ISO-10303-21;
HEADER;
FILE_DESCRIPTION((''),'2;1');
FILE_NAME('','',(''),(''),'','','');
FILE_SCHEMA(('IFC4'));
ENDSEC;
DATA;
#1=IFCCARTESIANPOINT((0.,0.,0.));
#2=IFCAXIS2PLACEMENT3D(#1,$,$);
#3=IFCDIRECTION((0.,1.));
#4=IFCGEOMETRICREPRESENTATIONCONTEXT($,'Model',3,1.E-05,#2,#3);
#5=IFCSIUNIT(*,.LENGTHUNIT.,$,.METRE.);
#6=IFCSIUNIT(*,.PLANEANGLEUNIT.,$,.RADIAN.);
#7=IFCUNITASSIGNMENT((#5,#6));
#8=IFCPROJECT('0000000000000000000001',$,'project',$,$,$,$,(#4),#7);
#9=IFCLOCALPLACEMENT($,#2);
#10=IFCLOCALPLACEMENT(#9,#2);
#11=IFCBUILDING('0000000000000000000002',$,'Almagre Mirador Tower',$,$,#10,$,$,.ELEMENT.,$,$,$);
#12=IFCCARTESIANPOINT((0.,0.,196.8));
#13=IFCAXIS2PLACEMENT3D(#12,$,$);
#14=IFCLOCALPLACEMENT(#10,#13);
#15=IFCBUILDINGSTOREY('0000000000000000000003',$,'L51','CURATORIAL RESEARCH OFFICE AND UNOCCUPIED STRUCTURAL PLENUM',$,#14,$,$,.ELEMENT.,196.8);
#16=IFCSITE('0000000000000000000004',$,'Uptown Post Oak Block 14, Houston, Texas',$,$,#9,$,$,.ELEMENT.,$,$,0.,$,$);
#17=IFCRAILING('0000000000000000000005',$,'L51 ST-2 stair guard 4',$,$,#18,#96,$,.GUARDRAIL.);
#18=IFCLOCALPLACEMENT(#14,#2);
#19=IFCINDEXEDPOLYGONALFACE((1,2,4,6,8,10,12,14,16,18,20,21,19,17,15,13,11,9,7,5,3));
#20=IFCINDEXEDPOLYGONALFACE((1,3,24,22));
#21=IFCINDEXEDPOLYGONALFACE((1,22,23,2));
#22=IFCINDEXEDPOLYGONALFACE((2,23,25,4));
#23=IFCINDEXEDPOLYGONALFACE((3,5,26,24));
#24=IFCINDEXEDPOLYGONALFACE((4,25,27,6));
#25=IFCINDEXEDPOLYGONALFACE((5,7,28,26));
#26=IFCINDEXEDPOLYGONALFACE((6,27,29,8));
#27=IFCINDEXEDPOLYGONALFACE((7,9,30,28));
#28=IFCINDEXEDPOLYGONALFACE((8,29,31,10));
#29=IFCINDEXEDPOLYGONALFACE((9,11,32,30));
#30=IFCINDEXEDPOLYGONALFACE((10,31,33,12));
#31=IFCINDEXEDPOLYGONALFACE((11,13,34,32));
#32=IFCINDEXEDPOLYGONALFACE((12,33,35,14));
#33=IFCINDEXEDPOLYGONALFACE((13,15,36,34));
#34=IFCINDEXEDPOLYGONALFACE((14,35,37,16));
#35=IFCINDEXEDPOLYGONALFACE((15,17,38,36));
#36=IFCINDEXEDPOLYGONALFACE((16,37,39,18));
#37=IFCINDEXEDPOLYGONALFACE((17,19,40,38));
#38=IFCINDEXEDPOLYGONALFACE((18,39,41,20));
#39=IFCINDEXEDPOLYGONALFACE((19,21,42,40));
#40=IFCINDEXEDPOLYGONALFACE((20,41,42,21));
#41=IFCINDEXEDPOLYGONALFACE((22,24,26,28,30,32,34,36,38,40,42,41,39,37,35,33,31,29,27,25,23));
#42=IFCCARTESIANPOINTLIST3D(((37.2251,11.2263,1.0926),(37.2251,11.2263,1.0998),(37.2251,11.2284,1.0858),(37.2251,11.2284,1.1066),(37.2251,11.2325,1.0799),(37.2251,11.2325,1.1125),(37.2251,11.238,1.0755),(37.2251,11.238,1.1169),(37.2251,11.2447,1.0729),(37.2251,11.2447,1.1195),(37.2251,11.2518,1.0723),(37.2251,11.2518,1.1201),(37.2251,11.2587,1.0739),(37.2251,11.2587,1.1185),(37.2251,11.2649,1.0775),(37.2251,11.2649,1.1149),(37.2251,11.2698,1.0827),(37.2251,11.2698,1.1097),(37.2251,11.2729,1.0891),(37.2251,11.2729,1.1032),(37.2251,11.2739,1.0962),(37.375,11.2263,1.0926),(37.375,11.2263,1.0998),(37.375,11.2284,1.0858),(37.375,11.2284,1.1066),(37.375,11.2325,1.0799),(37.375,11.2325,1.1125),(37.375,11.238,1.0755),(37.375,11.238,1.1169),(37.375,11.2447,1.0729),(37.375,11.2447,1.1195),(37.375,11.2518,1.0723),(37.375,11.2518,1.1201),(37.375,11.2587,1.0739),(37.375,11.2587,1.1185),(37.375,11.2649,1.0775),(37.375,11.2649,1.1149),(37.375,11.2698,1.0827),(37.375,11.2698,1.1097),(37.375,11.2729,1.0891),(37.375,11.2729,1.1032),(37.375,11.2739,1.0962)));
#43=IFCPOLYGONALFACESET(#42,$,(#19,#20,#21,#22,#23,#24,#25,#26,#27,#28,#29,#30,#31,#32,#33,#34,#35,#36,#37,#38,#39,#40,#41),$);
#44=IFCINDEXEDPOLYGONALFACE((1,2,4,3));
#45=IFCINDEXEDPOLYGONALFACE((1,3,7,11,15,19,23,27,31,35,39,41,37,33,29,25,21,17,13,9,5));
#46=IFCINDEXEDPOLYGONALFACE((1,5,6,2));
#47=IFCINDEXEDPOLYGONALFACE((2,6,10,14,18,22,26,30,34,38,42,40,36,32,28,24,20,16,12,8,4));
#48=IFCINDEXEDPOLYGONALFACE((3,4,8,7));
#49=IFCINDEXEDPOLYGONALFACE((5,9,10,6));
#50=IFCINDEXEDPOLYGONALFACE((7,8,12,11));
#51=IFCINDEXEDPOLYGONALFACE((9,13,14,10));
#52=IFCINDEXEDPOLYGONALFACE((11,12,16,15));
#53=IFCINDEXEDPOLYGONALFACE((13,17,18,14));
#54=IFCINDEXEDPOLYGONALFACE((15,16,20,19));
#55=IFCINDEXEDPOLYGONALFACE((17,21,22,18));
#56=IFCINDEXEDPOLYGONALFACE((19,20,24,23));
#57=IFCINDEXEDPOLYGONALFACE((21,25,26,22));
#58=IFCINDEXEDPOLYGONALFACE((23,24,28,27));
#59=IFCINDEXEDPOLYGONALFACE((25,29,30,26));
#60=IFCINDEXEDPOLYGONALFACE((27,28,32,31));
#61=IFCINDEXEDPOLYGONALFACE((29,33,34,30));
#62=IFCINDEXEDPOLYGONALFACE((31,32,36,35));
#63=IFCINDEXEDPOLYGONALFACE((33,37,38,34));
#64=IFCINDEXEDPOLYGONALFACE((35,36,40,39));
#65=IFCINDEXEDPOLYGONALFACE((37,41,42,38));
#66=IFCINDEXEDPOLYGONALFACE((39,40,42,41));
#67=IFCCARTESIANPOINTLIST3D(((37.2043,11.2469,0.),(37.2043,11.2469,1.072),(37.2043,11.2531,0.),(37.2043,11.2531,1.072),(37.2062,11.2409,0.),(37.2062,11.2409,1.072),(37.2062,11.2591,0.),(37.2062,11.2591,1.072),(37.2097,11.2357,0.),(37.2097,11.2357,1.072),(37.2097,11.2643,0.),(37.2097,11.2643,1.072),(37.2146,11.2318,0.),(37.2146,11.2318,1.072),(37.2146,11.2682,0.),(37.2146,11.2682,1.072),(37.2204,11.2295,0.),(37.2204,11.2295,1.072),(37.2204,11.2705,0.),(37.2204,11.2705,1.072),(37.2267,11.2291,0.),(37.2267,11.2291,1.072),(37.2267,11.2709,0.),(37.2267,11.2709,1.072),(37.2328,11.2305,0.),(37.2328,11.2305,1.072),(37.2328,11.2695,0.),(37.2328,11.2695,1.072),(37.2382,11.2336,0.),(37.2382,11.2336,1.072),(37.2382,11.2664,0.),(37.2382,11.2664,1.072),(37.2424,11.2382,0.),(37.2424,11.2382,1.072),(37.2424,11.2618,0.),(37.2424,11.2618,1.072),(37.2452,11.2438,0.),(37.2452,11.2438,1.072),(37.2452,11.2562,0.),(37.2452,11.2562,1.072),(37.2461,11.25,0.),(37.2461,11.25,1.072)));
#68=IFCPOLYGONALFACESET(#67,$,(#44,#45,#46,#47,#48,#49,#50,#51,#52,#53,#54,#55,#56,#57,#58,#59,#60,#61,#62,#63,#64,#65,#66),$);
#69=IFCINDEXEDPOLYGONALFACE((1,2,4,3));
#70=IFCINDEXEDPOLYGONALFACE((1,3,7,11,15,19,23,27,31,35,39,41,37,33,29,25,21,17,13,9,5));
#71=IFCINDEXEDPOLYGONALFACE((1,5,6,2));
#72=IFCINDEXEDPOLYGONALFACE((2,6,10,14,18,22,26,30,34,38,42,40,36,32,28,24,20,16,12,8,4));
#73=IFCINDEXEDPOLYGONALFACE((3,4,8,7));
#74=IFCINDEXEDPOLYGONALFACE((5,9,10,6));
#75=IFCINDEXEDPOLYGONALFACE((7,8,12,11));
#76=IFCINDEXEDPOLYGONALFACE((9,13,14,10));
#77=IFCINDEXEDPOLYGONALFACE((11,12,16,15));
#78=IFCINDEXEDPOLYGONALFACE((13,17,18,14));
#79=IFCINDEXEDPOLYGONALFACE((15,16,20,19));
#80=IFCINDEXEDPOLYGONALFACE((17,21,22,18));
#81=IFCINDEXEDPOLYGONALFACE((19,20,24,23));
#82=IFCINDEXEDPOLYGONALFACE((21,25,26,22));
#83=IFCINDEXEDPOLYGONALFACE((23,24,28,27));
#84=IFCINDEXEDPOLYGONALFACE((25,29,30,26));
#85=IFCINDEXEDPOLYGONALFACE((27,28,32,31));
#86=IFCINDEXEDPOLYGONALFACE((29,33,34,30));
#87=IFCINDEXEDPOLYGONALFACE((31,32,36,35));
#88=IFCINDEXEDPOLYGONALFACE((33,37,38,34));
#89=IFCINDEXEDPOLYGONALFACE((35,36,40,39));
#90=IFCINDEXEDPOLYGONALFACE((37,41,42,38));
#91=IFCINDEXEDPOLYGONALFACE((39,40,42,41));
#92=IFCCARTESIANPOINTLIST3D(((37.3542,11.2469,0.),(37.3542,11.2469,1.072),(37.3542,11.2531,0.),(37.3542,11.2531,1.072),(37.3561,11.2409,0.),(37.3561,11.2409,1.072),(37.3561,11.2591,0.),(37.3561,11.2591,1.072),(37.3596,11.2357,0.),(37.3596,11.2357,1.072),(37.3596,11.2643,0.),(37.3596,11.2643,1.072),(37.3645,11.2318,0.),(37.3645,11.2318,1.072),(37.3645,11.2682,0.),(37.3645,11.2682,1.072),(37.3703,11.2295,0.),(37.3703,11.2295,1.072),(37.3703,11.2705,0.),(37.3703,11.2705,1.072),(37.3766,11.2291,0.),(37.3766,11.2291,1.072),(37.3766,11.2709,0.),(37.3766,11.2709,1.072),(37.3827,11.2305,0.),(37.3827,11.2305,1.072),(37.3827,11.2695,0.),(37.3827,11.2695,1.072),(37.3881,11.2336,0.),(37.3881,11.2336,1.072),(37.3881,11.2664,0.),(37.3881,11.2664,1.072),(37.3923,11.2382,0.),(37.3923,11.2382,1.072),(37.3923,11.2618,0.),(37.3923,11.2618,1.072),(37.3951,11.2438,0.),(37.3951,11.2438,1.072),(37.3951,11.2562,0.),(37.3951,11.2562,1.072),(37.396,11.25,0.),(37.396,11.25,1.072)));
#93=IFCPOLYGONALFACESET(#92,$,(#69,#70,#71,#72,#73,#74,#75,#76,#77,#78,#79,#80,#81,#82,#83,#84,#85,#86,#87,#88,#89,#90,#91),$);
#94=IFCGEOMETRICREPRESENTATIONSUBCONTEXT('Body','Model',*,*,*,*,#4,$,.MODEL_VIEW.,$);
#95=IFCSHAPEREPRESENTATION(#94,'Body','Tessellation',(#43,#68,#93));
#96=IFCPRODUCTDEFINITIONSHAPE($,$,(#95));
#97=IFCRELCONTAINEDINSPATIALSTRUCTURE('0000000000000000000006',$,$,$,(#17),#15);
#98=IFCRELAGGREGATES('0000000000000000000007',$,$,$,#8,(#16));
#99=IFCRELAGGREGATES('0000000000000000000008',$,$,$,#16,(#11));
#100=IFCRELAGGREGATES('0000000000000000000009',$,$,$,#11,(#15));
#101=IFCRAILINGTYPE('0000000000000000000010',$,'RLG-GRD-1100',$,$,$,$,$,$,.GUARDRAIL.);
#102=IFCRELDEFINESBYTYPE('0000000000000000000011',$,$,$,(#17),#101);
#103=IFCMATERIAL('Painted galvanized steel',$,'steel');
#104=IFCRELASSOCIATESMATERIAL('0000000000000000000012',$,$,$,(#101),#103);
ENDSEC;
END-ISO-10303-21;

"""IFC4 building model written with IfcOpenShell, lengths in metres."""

from ifc_helpers import new_model, si_unit, direction, frame, origin, origin_2d, place, context, subcontext, project, spatial, circle, extrude, material, type_object, element, save


model = new_model("IFC4")

# Units and contexts
model_context = context("Model", 3, precision=1e-05, world=origin(), true_north=direction((0.0, 1.0)))
body_context = subcontext(model_context, "Body", "Model", "MODEL_VIEW")
ifc_project = project(units=[si_unit("LENGTHUNIT", "METRE"), si_unit("PLANEANGLEUNIT", "RADIAN")], contexts=[model_context])

# Site, building, storey
site_placement = place(None, origin())
site = spatial("IfcSite", under=ifc_project, at=site_placement, Name="Uptown Post Oak Block 14, Houston, Texas", CompositionType="ELEMENT", RefElevation=0.0)
building_placement = place(site_placement, origin())
building = spatial("IfcBuilding", under=site, at=building_placement, Name="Almagre Mirador Tower", CompositionType="ELEMENT")
storey_placement = place(building_placement, frame((0.0, 0.0, 196.8)))
storey = spatial("IfcBuildingStorey", under=building, at=storey_placement, Name="L51", Description="CURATORIAL RESEARCH OFFICE AND UNOCCUPIED STRUCTURAL PLENUM", CompositionType="ELEMENT", Elevation=196.8)

# Railing
ifc_material_1 = material(Name="Painted galvanized steel", Category="steel")
railing_type_1 = type_object("IfcRailingType", Name="RLG-GRD-1100", PredefinedType="GUARDRAIL", material=ifc_material_1)
railing_1_placement = place(storey_placement, frame((37.2251, 11.25, 0.0)))
element("IfcRailing", 1, at=railing_1_placement, inside=storey, type_object=railing_type_1, Name="L51 ST-2 stair guard 4", PredefinedType="GUARDRAIL", context=body_context, shape_type="SweptSolid", body=[
    extrude(circle(Radius=0.0239, at=origin_2d()), frame((0.0, 0.0, 1.0962), z_axis=(1.0, 0.0, 0.0), x_axis=(0.0, 1.0, 0.0)), (0.0, 0.0, 1.0), 0.1499),
    extrude(circle(Radius=0.021, at=origin_2d()), origin(), (0.0, 0.0, 1.0), 1.072),
    extrude(circle(Radius=0.021, at=origin_2d()), frame((0.1499, 0.0, 0.0)), (0.0, 0.0, 1.0), 1.072),
])

save(model, "model.ifc")
